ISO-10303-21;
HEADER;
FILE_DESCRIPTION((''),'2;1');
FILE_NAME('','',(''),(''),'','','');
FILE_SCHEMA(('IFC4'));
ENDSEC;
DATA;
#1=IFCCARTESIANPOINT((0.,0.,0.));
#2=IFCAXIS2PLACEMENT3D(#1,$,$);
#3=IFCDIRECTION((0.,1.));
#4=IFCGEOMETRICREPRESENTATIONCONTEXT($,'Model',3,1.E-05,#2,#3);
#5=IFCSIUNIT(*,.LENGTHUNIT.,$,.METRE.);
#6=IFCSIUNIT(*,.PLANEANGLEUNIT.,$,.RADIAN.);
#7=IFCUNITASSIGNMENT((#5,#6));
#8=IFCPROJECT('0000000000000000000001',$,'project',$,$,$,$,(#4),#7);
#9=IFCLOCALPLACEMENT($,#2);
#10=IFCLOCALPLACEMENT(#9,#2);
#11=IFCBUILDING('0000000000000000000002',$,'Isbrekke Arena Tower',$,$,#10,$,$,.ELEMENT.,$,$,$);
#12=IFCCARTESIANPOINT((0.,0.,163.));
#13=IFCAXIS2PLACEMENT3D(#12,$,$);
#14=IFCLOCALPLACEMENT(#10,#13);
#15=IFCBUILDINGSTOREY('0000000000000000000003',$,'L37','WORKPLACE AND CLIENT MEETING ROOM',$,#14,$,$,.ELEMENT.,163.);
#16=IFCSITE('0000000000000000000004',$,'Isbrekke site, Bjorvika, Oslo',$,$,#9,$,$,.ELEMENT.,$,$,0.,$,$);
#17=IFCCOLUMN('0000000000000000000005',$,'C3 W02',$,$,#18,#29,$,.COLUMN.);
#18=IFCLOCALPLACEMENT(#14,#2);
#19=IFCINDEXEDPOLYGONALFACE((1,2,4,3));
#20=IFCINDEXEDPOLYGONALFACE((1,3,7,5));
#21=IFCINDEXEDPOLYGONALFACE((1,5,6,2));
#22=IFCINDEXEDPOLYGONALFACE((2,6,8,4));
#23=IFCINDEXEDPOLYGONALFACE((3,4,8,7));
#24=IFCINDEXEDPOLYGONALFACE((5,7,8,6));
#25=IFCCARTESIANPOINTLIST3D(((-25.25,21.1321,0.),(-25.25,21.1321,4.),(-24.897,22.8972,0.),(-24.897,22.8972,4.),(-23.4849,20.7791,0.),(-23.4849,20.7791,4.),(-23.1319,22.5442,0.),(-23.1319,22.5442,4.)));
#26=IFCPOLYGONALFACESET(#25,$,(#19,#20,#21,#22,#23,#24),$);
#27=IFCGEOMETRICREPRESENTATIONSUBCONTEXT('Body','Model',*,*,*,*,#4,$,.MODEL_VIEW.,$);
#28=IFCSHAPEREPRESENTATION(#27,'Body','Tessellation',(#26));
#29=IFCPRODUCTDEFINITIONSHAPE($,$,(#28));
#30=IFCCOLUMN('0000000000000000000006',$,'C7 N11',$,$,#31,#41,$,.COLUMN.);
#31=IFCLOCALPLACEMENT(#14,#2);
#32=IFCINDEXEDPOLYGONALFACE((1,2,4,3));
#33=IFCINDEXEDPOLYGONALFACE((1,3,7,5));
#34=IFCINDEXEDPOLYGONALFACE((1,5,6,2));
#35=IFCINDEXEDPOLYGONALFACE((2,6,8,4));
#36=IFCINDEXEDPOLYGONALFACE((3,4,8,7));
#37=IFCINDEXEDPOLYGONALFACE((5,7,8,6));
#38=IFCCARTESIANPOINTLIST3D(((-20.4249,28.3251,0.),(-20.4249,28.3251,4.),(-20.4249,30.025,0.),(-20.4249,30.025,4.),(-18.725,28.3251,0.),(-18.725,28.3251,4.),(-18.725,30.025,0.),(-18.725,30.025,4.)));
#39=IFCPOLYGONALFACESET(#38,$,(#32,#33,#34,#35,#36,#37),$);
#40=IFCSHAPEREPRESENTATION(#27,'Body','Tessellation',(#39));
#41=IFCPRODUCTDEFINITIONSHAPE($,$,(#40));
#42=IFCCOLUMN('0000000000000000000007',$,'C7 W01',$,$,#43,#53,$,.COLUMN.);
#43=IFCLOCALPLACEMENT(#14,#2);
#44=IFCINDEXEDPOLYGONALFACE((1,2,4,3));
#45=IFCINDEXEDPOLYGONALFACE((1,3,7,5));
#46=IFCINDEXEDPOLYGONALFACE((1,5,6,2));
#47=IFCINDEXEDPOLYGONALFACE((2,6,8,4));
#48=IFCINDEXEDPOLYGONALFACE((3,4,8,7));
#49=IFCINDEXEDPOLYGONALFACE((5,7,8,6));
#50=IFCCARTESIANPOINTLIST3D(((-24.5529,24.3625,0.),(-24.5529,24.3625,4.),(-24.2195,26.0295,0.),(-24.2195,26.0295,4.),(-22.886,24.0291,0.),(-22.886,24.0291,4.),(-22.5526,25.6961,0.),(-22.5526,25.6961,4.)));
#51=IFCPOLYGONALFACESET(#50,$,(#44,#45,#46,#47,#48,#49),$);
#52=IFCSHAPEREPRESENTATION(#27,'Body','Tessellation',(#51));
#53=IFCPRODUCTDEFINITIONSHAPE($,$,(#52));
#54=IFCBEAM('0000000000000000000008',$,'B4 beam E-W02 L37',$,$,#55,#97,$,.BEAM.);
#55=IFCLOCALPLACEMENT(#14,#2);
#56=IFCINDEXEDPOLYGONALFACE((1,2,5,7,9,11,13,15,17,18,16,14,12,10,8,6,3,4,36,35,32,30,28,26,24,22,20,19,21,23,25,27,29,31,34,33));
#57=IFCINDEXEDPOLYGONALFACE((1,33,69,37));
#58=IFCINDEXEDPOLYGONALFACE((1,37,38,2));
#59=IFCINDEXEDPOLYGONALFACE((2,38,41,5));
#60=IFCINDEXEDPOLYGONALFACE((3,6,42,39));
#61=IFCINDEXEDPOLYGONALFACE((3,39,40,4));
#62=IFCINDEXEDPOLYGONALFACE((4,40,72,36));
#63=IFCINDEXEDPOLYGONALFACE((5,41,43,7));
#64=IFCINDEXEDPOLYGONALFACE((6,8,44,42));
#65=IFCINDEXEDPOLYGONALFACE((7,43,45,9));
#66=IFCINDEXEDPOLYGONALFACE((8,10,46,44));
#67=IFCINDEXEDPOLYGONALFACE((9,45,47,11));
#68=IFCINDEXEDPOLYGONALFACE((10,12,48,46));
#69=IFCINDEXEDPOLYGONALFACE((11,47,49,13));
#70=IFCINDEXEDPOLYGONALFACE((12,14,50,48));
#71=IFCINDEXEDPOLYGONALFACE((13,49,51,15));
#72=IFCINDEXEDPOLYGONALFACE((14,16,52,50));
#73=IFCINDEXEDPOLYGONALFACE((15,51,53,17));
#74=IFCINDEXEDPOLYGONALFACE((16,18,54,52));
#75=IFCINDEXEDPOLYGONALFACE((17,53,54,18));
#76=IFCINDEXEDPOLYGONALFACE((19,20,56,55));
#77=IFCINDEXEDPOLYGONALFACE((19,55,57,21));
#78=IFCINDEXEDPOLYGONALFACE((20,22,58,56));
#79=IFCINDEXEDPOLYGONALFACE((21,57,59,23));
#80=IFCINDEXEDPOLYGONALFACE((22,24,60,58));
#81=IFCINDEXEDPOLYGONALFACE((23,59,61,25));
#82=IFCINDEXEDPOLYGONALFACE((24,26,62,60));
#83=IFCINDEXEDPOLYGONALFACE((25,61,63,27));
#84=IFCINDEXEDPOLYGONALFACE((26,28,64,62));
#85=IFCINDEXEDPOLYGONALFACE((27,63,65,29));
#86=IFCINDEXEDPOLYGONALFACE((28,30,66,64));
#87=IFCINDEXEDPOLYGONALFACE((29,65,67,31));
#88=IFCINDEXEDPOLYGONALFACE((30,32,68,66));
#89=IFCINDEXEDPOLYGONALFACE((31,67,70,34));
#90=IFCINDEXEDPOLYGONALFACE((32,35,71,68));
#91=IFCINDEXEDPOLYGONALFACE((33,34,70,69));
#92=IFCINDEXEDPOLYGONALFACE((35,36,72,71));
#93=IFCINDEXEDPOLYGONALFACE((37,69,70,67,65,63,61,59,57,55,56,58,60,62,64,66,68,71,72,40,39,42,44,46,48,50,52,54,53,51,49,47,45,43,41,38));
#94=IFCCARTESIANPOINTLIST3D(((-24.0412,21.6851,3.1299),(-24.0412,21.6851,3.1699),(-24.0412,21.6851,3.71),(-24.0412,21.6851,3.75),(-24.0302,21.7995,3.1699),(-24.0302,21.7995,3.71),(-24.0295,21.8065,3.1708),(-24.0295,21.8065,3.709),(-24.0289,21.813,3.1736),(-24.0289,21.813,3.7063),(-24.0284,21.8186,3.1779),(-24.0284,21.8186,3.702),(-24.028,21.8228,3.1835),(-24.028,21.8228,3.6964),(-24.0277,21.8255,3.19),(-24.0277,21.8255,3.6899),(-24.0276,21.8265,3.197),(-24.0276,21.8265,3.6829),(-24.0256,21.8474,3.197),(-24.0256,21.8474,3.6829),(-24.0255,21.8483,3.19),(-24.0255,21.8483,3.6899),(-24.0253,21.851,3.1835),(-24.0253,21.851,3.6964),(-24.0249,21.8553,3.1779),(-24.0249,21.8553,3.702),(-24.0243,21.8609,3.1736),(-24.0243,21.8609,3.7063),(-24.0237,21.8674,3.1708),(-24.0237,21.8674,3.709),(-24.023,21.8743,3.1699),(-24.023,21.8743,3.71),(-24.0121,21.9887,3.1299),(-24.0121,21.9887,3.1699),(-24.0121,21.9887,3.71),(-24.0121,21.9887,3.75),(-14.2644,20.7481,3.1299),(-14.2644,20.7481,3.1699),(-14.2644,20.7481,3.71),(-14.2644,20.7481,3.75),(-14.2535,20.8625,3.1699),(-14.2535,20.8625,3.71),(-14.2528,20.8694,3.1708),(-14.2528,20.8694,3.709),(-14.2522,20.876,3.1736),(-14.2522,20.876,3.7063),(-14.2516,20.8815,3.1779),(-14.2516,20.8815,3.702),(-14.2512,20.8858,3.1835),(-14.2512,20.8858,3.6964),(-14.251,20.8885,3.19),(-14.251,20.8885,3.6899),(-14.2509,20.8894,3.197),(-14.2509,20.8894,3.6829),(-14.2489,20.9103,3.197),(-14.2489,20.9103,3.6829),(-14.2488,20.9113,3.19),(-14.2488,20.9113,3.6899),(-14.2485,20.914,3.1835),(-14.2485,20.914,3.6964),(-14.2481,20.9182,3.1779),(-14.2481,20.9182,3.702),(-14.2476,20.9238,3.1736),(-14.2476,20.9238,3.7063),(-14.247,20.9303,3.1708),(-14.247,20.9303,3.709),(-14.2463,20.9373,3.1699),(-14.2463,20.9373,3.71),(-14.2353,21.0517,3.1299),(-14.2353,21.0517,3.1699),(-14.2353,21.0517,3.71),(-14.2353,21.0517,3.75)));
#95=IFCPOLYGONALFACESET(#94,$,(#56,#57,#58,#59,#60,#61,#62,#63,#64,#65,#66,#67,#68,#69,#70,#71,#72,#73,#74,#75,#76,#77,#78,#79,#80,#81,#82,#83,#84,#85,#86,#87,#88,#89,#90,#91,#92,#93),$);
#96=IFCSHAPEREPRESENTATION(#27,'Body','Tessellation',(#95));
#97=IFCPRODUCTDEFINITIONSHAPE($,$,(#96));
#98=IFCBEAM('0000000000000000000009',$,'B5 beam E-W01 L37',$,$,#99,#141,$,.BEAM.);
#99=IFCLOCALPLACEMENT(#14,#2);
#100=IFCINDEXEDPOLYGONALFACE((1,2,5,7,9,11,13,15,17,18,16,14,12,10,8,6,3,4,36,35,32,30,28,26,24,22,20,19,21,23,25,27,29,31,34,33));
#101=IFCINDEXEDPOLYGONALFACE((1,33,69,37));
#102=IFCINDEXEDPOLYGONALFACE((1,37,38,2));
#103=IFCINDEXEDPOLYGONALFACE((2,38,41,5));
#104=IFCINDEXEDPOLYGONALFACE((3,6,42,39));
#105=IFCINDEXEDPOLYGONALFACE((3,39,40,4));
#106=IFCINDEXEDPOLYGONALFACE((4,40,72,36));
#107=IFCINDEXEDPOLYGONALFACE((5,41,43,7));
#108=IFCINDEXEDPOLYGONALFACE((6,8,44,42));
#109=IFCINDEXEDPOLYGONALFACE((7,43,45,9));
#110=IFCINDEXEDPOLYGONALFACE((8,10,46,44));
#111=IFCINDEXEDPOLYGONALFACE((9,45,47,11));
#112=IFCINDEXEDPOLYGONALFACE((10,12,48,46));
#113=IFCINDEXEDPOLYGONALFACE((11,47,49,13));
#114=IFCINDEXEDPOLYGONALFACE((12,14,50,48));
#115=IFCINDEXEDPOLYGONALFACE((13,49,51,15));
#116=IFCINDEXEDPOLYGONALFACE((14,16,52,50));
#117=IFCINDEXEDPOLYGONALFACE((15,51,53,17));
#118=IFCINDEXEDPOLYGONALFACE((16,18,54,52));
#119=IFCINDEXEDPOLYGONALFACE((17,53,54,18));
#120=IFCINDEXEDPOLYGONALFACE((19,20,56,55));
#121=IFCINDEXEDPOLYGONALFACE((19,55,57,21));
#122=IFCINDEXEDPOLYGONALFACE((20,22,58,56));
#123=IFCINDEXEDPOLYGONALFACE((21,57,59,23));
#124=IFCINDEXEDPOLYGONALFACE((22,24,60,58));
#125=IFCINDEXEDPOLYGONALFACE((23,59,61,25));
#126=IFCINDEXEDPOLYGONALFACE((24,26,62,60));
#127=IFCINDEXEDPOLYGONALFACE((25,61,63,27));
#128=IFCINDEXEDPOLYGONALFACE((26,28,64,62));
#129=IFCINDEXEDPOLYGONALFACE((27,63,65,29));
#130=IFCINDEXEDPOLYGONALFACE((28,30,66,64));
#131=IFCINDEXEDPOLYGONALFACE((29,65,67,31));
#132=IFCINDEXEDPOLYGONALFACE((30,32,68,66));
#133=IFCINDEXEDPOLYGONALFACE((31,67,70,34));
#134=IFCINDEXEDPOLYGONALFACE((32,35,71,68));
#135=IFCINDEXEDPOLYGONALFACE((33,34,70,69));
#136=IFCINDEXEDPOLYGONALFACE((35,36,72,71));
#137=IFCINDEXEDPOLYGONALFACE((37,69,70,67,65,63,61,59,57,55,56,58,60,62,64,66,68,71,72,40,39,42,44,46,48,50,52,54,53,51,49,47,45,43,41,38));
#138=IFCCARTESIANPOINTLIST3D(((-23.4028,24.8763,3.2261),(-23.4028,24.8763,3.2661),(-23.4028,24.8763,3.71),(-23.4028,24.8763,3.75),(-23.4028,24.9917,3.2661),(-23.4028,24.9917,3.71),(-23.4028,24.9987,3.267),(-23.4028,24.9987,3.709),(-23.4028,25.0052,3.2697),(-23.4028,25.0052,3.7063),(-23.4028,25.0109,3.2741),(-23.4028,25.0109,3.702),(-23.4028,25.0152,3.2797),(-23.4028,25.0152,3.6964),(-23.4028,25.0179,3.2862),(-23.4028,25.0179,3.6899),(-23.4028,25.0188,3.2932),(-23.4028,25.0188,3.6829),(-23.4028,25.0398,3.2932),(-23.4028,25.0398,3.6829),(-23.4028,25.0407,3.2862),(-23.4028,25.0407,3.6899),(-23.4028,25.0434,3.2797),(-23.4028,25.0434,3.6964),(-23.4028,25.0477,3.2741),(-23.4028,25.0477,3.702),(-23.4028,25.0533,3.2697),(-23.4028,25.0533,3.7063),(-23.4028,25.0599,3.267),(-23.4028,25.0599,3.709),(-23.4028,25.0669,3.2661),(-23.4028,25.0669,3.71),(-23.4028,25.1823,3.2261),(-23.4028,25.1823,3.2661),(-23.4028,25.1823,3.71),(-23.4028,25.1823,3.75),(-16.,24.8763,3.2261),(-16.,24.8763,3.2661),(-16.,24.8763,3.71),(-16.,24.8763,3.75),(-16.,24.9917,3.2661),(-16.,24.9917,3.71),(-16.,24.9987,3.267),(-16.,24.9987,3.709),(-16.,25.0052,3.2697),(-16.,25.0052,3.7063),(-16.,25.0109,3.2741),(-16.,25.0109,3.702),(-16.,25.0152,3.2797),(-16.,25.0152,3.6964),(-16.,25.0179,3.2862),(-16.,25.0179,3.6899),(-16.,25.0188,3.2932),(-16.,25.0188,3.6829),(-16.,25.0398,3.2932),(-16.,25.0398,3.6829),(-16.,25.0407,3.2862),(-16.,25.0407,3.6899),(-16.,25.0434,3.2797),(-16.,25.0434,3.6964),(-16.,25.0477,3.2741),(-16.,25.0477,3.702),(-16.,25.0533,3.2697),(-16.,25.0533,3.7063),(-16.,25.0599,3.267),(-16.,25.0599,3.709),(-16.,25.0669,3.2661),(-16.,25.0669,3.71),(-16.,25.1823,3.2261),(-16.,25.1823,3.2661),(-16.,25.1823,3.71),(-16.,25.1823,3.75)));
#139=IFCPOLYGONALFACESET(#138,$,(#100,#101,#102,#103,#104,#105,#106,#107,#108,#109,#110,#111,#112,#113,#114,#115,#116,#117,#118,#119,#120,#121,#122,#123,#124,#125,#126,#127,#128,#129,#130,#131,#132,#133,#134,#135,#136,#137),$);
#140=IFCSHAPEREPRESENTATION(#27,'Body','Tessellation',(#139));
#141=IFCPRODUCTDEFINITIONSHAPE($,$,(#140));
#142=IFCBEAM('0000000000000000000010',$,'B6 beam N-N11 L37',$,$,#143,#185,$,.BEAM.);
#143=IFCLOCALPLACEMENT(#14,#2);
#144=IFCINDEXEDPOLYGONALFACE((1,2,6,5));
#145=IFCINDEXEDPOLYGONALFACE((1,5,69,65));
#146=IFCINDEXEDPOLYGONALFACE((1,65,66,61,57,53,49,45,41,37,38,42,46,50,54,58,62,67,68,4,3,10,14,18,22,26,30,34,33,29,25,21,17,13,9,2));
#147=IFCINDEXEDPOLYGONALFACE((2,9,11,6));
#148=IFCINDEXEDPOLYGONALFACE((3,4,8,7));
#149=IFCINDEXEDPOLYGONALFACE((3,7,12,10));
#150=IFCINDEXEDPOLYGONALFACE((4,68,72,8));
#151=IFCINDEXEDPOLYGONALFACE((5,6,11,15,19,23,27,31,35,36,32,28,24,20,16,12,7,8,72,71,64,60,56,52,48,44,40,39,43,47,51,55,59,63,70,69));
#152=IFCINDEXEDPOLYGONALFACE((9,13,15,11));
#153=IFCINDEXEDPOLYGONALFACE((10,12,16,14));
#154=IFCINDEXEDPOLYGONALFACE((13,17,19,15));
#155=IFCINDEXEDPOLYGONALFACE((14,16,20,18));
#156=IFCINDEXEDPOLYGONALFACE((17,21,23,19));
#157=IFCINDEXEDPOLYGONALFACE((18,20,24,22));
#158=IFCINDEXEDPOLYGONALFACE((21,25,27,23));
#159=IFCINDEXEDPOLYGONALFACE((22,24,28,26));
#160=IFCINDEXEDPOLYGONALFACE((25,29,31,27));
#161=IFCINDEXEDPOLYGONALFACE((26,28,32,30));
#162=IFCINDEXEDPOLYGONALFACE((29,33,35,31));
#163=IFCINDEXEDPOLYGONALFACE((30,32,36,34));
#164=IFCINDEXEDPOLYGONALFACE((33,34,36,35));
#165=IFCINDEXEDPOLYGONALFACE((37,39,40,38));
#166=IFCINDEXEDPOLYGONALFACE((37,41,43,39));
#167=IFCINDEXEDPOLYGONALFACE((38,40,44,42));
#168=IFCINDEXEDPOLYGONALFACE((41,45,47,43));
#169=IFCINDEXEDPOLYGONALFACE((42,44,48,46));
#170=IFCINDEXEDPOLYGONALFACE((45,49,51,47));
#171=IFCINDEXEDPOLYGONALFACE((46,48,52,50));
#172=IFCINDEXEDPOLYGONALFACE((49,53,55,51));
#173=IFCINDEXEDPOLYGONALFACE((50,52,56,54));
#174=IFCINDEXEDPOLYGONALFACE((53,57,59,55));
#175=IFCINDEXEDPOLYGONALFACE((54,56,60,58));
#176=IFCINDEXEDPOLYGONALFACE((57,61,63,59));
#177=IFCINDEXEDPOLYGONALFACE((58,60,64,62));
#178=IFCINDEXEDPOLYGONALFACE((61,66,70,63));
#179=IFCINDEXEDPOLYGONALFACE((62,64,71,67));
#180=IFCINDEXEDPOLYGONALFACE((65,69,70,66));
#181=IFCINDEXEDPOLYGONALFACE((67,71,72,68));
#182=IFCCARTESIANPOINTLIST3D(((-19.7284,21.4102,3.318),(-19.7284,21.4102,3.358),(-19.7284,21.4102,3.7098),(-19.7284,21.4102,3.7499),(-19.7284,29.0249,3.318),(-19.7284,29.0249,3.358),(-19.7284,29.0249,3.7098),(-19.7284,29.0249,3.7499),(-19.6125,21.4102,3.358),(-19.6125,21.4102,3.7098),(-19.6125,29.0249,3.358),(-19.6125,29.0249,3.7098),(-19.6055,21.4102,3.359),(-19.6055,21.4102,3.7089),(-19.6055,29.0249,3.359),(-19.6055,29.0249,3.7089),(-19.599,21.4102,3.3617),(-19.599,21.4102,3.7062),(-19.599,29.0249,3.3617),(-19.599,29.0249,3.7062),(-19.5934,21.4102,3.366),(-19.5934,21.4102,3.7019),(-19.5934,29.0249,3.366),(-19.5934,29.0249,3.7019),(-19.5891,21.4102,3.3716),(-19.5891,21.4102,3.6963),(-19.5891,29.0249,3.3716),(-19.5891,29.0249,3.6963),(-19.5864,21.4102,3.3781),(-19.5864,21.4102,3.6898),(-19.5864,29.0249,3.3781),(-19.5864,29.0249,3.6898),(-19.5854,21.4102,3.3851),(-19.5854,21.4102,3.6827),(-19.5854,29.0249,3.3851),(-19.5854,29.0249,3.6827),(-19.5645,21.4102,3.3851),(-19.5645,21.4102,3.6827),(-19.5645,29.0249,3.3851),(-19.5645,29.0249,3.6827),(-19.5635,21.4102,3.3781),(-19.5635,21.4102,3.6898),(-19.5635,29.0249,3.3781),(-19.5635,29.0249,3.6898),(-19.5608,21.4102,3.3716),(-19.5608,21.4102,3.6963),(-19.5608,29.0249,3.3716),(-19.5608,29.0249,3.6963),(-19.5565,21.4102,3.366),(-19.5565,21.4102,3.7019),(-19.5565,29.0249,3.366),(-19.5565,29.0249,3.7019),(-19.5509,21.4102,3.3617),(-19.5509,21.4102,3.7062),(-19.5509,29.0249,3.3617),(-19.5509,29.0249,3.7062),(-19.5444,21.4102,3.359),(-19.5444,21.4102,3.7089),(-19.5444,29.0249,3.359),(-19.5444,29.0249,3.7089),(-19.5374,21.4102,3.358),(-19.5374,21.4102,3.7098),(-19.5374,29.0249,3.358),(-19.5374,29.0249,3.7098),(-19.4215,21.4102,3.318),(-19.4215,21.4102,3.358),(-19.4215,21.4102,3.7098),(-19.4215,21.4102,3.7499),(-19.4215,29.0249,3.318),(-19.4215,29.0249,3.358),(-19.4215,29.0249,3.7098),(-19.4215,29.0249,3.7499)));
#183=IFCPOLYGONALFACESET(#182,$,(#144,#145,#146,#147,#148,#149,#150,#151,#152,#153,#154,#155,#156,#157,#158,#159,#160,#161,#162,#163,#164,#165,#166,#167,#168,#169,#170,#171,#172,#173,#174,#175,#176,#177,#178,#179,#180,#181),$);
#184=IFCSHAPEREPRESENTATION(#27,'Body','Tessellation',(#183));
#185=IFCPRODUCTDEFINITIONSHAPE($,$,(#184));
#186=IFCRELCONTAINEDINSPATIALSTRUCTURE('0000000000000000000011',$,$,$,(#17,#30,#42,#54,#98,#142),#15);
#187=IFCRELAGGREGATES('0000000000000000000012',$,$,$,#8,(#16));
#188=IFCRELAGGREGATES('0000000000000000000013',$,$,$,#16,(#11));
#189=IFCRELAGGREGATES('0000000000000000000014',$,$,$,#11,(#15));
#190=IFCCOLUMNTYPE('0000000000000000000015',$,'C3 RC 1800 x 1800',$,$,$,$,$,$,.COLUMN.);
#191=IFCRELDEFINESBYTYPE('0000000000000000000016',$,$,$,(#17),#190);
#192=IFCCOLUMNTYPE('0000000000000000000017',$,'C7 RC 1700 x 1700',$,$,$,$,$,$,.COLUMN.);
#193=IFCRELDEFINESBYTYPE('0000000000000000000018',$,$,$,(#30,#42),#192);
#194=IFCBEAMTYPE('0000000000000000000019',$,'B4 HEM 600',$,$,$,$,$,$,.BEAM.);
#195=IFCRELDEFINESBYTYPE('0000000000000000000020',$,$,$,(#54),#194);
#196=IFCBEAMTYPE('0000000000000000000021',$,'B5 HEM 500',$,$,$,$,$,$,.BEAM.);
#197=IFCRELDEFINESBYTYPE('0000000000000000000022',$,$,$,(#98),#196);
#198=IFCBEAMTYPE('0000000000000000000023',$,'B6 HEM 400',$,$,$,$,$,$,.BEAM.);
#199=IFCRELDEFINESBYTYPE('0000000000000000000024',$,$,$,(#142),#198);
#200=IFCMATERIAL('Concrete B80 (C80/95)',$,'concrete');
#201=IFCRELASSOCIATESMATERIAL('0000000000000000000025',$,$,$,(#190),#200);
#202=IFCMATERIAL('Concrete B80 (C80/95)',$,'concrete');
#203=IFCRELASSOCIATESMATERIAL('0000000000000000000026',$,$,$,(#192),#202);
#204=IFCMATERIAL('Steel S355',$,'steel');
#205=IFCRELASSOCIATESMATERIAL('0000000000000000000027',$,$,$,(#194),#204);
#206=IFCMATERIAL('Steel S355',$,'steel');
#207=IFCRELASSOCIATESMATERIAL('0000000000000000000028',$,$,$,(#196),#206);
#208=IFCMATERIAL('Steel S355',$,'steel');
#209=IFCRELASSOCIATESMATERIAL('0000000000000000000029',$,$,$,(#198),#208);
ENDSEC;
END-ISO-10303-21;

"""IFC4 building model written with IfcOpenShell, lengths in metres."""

from ifc_helpers import new_model, si_unit, direction, frame, origin, origin_2d, place, context, subcontext, project, spatial, rectangle, i_section, extrude, material, material_profile, profile_set, type_object, element, save


model = new_model("IFC4")

# Units and contexts
model_context = context("Model", 3, precision=1e-05, world=origin(), true_north=direction((0.0, 1.0)))
body_context = subcontext(model_context, "Body", "Model", "MODEL_VIEW")
ifc_project = project(units=[si_unit("LENGTHUNIT", "METRE"), si_unit("PLANEANGLEUNIT", "RADIAN")], contexts=[model_context])

# Site, building, storey
site_placement = place(None, origin())
site = spatial("IfcSite", under=ifc_project, at=site_placement, Name="Isbrekke site, Bjorvika, Oslo", CompositionType="ELEMENT", RefElevation=0.0)
building_placement = place(site_placement, origin())
building = spatial("IfcBuilding", under=site, at=building_placement, Name="Isbrekke Arena Tower", CompositionType="ELEMENT")
storey_placement = place(building_placement, frame((0.0, 0.0, 163.0)))
storey = spatial("IfcBuildingStorey", under=building, at=storey_placement, Name="L37", Description="WORKPLACE AND CLIENT MEETING ROOM", CompositionType="ELEMENT", Elevation=163.0)

# Columns
ifc_material_1 = material(Name="Concrete B80 (C80/95)", Category="concrete")
ifc_material_profile_1 = material_profile(ifc_material_1, rectangle(XDim=1.8, YDim=1.8, at=origin_2d()), Name="RC 1800x1800")
ifc_profile_set_1 = profile_set([ifc_material_profile_1], Name="Concrete B80 (C80/95)")
column_type_1 = type_object("IfcColumnType", Name="C3 RC 1800 x 1800", PredefinedType="COLUMN", material=ifc_profile_set_1)
column_placement = place(storey_placement, frame((-24.1909, 21.8381, 0.0), z_axis=(0.0, 0.0, 1.0), x_axis=(-0.196116, -0.980581, 0.0)))
element("IfcColumn", 1, at=column_placement, inside=storey, type_object=column_type_1, Name="C3 W02", PredefinedType="COLUMN", context=body_context, shape_type="SweptSolid", body=[
    extrude(rectangle(XDim=1.8, YDim=1.8, at=origin_2d()), origin(), (0.0, 0.0, 1.0), 4.0),
])
ifc_material_2 = material(Name="Concrete B80 (C80/95)", Category="concrete")
ifc_material_profile_2 = material_profile(ifc_material_2, rectangle(XDim=1.7, YDim=1.7, at=origin_2d()), Name="RC 1700x1700")
ifc_profile_set_2 = profile_set([ifc_material_profile_2], Name="Concrete B80 (C80/95)")
column_type_2 = type_object("IfcColumnType", Name="C7 RC 1700 x 1700", PredefinedType="COLUMN", material=ifc_profile_set_2)
for number, where, z_axis, x_axis, name in (
    (2, (-19.575, 29.175, 0.0), (0.0, 0.0, 1.0), (-1.0, 0.0, 0.0), "C7 N11"),
    (3, (-23.5527, 25.0293, 0.0), (0.0, 0.0, 1.0), (-0.196116, -0.980581, 0.0), "C7 W01"),
):
    element("IfcColumn", number, at=place(storey_placement, frame(where, z_axis=z_axis, x_axis=x_axis)), inside=storey, type_object=column_type_2, Name=name, PredefinedType="COLUMN", context=body_context, shape_type="SweptSolid", body=[
        extrude(rectangle(XDim=1.7, YDim=1.7, at=origin_2d()), origin(), (0.0, 0.0, 1.0), 4.0),
    ])

# Beams
ifc_material_3 = material(Name="Steel S355", Category="steel")
ifc_material_profile_3 = material_profile(ifc_material_3, i_section(OverallWidth=0.3049, OverallDepth=0.6201, WebThickness=0.021, FlangeThickness=0.04, FilletRadius=0.0271, at=origin_2d()), Name="HEM 600")
ifc_profile_set_3 = profile_set([ifc_material_profile_3], Name="Steel S355")
beam_type_1 = type_object("IfcBeamType", Name="B4 HEM 600", PredefinedType="BEAM", material=ifc_profile_set_3)
beam_1_placement = place(storey_placement, frame((-24.0266, 21.8369, 3.4399), z_axis=(0.995439, -0.095405, 0.0), x_axis=(0.095405, 0.995439, 0.0)))
element("IfcBeam", 4, at=beam_1_placement, inside=storey, type_object=beam_type_1, Name="B4 beam E-W02 L37", PredefinedType="BEAM", context=body_context, shape_type="SweptSolid", body=[
    extrude(i_section(OverallWidth=0.3049, OverallDepth=0.6201, WebThickness=0.021, FlangeThickness=0.04, FilletRadius=0.0271, at=origin_2d()), origin(), (0.0, 0.0, 1.0), 9.8215),
])
ifc_material_4 = material(Name="Steel S355", Category="steel")
ifc_material_profile_4 = material_profile(ifc_material_4, i_section(OverallWidth=0.3059, OverallDepth=0.5239, WebThickness=0.021, FlangeThickness=0.04, FilletRadius=0.0271, at=origin_2d()), Name="HEM 500")
ifc_profile_set_4 = profile_set([ifc_material_profile_4], Name="Steel S355")
beam_type_2 = type_object("IfcBeamType", Name="B5 HEM 500", PredefinedType="BEAM", material=ifc_profile_set_4)
beam_2_placement = place(storey_placement, frame((-23.4028, 25.0293, 3.488), z_axis=(1.0, 0.0, 0.0), x_axis=(0.0, 1.0, 0.0)))
element("IfcBeam", 5, at=beam_2_placement, inside=storey, type_object=beam_type_2, Name="B5 beam E-W01 L37", PredefinedType="BEAM", context=body_context, shape_type="SweptSolid", body=[
    extrude(i_section(OverallWidth=0.3059, OverallDepth=0.5239, WebThickness=0.021, FlangeThickness=0.04, FilletRadius=0.0271, at=origin_2d()), origin(), (0.0, 0.0, 1.0), 7.4028),
])
ifc_material_5 = material(Name="Steel S355", Category="steel")
ifc_material_profile_5 = material_profile(ifc_material_5, i_section(OverallWidth=0.3069, OverallDepth=0.4319, WebThickness=0.021, FlangeThickness=0.04, FilletRadius=0.0271, at=origin_2d()), Name="HEM 400")
ifc_profile_set_5 = profile_set([ifc_material_profile_5], Name="Steel S355")
beam_type_3 = type_object("IfcBeamType", Name="B6 HEM 400", PredefinedType="BEAM", material=ifc_profile_set_5)
beam_3_placement = place(storey_placement, frame((-19.575, 29.0249, 3.5339), z_axis=(0.0, -1.0, 0.0), x_axis=(1.0, 0.0, 0.0)))
element("IfcBeam", 6, at=beam_3_placement, inside=storey, type_object=beam_type_3, Name="B6 beam N-N11 L37", PredefinedType="BEAM", context=body_context, shape_type="SweptSolid", body=[
    extrude(i_section(OverallWidth=0.3069, OverallDepth=0.4319, WebThickness=0.021, FlangeThickness=0.04, FilletRadius=0.0271, at=origin_2d()), origin(), (0.0, 0.0, 1.0), 7.6147),
])

save(model, "model.ifc")
